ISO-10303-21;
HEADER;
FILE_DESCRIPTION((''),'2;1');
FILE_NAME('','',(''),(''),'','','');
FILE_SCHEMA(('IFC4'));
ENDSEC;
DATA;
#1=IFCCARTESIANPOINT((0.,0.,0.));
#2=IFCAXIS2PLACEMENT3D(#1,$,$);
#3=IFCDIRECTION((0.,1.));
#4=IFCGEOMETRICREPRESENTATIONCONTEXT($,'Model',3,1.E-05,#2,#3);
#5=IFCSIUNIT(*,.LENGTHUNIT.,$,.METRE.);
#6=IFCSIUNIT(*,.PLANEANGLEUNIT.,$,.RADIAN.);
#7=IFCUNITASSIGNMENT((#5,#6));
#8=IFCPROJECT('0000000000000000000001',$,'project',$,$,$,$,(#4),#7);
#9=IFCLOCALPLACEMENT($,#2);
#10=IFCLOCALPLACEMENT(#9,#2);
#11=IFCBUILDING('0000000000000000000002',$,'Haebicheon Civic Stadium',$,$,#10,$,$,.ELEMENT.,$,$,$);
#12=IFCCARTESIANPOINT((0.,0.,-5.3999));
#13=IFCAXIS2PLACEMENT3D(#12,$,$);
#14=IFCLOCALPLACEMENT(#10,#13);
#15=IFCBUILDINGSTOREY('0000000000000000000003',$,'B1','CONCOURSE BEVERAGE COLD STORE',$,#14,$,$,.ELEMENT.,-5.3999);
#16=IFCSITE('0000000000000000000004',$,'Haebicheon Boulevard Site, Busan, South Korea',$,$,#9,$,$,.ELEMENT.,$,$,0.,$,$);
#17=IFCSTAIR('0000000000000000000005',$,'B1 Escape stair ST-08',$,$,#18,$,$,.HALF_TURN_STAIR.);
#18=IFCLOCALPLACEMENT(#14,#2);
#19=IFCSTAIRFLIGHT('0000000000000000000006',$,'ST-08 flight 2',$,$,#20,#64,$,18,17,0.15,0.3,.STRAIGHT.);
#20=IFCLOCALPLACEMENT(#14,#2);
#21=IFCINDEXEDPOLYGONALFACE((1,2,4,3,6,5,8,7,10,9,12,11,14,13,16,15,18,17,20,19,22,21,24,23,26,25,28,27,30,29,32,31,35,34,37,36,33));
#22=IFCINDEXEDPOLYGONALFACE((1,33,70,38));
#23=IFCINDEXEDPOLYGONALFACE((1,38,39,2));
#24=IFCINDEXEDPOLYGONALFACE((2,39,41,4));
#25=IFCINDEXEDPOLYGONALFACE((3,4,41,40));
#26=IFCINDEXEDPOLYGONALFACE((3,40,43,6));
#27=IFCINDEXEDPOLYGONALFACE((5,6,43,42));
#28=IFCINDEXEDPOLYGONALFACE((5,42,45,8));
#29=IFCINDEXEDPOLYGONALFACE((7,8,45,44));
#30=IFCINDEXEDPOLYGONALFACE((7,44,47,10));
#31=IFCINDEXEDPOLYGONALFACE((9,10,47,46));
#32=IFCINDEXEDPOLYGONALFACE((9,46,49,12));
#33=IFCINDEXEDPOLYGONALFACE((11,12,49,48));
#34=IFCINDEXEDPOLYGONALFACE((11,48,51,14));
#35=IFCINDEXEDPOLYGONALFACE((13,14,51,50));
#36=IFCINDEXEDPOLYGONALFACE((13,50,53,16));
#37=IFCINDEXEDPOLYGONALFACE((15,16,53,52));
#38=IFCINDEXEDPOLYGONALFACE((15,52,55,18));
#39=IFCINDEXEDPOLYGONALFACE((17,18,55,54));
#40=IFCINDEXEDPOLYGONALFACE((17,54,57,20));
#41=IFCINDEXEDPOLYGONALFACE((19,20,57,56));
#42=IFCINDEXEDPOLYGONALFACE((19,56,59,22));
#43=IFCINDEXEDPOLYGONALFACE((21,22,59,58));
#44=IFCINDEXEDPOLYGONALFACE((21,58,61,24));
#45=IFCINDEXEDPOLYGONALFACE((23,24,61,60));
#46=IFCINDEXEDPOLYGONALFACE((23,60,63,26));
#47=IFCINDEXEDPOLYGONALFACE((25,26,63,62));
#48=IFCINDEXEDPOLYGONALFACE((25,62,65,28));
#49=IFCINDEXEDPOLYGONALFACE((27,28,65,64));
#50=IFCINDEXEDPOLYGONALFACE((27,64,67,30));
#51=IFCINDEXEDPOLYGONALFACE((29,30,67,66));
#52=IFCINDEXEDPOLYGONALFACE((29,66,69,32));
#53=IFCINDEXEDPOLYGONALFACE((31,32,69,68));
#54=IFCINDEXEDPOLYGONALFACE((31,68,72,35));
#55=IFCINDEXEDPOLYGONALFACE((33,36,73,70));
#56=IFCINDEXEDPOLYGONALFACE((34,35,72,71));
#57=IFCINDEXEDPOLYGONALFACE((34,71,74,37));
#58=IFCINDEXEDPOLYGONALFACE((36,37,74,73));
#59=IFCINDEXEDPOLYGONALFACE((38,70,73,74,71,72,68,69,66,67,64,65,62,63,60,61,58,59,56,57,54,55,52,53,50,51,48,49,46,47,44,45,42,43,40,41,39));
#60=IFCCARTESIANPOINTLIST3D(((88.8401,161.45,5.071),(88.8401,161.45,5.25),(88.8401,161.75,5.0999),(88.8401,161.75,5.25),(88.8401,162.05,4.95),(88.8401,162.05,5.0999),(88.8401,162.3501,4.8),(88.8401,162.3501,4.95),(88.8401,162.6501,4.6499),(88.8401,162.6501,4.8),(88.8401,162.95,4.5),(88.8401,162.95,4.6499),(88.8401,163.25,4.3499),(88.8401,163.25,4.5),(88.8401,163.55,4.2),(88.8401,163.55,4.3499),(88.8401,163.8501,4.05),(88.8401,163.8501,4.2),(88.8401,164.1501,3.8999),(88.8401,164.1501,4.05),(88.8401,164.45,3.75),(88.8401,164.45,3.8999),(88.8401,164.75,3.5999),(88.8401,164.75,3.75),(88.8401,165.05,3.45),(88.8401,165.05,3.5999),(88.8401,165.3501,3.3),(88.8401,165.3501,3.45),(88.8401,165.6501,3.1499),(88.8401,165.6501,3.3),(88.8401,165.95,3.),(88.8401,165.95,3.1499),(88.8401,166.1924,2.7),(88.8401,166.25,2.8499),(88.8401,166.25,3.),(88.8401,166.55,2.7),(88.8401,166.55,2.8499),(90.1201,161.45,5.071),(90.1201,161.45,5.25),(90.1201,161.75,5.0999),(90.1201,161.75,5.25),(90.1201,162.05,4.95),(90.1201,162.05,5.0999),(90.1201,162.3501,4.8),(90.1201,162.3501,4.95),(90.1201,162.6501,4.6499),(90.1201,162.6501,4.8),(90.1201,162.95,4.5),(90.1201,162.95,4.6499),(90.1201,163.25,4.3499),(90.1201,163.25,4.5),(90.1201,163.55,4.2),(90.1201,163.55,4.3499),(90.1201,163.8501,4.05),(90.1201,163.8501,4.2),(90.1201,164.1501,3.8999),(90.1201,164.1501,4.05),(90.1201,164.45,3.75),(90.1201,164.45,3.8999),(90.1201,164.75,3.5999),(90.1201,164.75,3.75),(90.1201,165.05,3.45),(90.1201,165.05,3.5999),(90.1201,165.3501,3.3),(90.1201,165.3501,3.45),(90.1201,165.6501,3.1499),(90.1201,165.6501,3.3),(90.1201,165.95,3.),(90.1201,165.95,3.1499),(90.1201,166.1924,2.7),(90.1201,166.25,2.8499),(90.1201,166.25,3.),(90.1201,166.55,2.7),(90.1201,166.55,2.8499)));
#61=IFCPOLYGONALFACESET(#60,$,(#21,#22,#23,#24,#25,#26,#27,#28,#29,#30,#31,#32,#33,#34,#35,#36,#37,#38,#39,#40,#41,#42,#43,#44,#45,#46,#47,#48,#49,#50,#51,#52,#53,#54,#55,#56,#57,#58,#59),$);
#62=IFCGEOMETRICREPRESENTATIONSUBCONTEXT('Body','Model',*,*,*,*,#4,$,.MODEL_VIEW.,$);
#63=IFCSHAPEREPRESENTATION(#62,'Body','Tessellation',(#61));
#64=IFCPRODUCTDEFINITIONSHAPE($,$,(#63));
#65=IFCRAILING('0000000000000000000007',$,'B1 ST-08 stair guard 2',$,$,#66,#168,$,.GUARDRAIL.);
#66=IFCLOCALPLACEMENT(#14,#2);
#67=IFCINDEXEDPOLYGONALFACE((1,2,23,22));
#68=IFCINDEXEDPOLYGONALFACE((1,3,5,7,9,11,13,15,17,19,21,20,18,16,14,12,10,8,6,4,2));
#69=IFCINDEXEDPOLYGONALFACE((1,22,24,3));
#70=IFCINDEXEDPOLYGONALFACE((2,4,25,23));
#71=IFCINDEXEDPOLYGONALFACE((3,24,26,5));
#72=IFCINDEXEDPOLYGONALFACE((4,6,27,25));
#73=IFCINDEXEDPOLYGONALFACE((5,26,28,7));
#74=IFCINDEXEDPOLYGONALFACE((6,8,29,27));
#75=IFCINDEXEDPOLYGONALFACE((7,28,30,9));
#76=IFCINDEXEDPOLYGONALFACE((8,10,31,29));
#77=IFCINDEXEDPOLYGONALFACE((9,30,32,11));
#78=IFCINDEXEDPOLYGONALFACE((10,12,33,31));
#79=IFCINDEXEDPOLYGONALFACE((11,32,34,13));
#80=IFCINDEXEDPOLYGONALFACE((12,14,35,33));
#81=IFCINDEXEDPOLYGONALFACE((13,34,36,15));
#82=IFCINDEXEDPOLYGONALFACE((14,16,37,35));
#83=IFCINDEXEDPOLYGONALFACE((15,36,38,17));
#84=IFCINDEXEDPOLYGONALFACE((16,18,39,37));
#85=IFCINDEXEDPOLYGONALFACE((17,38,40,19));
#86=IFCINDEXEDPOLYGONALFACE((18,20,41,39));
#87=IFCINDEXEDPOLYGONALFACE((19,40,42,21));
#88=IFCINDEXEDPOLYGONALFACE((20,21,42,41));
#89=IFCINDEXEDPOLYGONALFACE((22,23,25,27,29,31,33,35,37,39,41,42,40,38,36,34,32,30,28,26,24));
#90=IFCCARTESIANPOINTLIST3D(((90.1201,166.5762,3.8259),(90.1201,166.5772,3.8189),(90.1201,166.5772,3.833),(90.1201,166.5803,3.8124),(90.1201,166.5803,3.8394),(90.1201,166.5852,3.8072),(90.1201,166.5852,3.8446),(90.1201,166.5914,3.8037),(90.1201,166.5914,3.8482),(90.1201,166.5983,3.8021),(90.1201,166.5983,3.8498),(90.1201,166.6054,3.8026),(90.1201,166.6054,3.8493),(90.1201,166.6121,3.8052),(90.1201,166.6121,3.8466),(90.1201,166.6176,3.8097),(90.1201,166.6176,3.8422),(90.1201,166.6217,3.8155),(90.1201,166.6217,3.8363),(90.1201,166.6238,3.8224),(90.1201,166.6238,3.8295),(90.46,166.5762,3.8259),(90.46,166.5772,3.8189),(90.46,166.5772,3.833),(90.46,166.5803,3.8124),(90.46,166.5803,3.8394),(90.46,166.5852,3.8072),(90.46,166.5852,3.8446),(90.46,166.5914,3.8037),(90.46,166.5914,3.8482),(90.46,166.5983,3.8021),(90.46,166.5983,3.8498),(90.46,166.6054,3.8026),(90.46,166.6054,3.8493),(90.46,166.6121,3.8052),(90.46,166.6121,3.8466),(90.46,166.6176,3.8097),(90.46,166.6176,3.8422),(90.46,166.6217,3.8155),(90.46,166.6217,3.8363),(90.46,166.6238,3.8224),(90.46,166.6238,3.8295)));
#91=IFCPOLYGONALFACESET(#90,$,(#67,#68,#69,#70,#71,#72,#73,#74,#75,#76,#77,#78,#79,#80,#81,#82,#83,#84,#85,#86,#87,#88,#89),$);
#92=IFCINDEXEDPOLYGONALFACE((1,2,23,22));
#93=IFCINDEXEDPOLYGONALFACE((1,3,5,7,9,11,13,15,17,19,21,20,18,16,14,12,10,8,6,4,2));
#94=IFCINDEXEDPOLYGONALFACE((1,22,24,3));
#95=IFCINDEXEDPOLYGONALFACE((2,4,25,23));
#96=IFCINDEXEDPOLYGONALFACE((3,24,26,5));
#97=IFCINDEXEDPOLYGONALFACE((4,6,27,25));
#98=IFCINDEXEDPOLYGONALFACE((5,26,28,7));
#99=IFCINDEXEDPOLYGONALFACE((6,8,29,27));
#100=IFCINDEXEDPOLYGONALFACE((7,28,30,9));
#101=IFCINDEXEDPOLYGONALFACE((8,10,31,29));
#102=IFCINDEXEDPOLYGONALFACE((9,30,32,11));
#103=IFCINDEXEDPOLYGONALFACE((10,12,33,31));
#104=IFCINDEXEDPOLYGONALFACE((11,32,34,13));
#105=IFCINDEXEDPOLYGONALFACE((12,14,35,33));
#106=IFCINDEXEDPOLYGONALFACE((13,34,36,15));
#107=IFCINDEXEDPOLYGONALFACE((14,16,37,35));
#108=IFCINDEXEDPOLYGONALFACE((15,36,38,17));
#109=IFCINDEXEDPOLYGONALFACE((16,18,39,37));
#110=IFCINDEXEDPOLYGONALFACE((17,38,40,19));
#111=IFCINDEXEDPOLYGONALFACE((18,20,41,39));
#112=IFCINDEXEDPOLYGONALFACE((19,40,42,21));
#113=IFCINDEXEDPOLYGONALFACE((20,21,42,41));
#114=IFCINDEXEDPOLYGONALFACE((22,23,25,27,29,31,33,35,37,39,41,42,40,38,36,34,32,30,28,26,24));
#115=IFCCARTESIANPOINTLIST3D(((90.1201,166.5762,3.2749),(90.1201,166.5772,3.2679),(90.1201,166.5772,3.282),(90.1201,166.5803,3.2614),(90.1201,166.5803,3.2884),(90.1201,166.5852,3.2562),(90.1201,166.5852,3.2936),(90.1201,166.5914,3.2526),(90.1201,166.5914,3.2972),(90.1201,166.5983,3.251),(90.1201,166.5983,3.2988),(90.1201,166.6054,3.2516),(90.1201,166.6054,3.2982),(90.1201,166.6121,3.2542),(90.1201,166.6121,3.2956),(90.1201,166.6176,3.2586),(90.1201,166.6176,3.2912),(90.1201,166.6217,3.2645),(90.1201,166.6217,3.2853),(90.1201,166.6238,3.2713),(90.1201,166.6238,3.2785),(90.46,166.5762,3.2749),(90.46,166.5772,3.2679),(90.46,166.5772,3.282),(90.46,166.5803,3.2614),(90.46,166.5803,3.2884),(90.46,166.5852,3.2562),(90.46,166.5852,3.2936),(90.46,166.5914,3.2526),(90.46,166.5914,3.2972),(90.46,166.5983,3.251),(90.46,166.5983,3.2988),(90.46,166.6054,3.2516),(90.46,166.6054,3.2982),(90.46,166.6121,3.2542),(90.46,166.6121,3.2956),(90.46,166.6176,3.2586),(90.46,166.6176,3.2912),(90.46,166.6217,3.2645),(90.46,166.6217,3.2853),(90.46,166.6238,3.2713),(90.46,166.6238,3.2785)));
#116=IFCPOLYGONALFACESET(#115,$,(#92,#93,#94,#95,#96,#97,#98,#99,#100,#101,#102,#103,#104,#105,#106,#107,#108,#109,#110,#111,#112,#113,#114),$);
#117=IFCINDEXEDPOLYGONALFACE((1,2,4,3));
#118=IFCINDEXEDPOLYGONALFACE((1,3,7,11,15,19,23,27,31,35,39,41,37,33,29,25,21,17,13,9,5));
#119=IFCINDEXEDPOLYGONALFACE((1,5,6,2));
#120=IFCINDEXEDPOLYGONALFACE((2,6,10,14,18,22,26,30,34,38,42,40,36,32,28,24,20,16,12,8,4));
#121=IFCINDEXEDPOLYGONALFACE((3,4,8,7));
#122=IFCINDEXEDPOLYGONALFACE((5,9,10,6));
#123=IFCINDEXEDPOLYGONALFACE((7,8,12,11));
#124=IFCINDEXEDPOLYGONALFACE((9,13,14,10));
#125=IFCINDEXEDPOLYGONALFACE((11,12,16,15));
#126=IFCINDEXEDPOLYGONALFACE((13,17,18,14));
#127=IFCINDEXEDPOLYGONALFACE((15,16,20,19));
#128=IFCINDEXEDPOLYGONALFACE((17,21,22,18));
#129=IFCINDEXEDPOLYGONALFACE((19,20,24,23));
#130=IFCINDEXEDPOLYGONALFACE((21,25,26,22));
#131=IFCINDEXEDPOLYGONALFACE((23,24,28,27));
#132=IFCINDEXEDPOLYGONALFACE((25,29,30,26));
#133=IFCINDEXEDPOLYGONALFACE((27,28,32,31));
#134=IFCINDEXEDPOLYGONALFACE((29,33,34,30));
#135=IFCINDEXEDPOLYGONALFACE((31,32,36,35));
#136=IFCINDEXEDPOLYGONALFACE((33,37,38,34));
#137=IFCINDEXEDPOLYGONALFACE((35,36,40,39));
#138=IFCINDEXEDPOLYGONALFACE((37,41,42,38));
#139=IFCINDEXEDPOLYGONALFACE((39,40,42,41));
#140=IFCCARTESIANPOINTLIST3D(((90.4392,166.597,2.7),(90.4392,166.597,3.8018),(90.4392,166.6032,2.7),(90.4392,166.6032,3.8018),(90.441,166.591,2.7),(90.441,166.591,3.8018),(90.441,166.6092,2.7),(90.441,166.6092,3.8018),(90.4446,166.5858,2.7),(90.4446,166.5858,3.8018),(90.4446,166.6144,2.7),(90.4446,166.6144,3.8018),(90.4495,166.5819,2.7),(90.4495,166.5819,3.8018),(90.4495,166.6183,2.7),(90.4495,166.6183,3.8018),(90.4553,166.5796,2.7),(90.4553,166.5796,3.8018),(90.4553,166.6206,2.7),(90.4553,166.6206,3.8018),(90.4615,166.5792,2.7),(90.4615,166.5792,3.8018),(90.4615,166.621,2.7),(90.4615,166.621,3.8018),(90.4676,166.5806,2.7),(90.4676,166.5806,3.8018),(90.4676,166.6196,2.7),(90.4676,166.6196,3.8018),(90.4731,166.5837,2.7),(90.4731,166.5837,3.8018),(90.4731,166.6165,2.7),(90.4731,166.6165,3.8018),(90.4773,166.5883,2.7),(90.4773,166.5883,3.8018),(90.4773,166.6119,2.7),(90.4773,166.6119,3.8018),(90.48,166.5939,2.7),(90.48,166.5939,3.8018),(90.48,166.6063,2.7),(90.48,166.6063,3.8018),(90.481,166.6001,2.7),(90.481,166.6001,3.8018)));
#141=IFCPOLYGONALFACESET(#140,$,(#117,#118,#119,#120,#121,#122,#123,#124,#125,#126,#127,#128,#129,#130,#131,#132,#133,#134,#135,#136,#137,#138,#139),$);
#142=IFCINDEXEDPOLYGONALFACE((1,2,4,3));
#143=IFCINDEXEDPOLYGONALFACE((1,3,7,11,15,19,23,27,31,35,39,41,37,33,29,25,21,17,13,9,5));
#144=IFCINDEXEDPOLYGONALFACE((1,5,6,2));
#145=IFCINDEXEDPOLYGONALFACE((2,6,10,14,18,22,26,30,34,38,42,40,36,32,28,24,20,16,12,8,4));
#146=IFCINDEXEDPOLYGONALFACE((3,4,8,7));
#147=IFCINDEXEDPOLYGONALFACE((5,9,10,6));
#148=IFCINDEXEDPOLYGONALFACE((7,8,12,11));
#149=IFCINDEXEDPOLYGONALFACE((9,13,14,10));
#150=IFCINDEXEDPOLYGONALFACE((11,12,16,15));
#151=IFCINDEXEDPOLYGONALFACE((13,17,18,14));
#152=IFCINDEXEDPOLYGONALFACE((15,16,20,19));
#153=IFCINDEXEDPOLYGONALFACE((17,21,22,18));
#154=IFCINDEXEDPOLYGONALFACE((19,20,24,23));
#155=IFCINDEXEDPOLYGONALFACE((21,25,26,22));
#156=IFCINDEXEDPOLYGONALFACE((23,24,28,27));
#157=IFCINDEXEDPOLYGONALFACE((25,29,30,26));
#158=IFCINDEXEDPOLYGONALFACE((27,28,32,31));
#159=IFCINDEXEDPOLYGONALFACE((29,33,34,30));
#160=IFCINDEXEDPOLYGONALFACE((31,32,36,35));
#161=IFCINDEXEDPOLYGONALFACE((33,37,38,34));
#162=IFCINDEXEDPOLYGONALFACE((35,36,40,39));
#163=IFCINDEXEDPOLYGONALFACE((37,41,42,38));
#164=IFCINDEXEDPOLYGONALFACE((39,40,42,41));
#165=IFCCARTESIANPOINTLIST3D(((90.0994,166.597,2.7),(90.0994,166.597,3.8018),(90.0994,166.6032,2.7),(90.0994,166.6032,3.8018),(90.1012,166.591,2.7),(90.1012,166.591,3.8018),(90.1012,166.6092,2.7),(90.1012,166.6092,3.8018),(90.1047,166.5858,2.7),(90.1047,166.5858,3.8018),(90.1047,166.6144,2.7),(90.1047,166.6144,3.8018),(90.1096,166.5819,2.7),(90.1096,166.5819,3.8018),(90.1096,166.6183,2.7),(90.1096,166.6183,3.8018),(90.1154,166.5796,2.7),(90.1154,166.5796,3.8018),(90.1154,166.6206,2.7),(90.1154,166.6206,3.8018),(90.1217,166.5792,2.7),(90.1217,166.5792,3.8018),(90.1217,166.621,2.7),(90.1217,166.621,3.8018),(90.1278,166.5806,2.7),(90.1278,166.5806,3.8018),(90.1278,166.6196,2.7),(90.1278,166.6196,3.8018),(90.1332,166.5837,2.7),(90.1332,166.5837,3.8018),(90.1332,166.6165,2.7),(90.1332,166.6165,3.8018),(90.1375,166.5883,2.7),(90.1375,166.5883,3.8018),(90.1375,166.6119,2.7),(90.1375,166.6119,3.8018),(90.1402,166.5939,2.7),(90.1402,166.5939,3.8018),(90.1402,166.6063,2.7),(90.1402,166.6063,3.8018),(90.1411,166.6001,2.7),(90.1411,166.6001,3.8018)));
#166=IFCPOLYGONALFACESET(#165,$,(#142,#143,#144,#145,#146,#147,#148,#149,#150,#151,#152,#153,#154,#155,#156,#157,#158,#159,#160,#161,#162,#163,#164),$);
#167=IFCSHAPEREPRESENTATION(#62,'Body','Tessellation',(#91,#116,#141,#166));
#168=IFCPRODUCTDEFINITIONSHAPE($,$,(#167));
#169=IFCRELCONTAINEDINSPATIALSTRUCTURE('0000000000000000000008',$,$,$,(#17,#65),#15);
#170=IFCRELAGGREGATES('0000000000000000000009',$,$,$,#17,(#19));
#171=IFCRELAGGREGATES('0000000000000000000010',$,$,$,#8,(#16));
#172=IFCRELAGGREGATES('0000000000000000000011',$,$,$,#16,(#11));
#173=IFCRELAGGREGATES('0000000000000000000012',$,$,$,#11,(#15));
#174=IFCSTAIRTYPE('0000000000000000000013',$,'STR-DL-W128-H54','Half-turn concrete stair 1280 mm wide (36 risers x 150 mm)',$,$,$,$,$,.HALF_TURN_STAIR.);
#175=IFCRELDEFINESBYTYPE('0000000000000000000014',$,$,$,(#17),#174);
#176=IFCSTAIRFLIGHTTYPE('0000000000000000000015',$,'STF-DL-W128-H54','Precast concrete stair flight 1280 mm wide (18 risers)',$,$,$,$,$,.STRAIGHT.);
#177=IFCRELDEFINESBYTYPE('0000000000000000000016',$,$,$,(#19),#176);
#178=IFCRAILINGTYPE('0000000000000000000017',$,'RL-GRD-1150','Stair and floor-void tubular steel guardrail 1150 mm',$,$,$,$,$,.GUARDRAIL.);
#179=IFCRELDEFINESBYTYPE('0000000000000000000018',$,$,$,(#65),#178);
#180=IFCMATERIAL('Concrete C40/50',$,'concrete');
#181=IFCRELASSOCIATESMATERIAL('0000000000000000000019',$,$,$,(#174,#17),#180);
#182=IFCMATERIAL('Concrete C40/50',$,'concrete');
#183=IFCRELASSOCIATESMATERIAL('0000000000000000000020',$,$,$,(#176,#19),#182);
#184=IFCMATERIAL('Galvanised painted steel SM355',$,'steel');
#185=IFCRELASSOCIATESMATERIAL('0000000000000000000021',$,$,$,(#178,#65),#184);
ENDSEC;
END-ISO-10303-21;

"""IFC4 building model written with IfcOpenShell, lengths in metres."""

from ifc_helpers import new_model, si_unit, direction, frame, origin, origin_2d, place, context, subcontext, project, spatial, polyline, circle, outline, extrude, material, type_object, element, aggregate, save


model = new_model("IFC4")

# Units and contexts
model_context = context("Model", 3, precision=1e-05, world=origin(), true_north=direction((0.0, 1.0)))
body_context = subcontext(model_context, "Body", "Model", "MODEL_VIEW")
ifc_project = project(units=[si_unit("LENGTHUNIT", "METRE"), si_unit("PLANEANGLEUNIT", "RADIAN")], contexts=[model_context])

# Site, building, storey
site_placement = place(None, origin())
site = spatial("IfcSite", under=ifc_project, at=site_placement, Name="Haebicheon Boulevard Site, Busan, South Korea", CompositionType="ELEMENT", RefElevation=0.0)
building_placement = place(site_placement, origin())
building = spatial("IfcBuilding", under=site, at=building_placement, Name="Haebicheon Civic Stadium", CompositionType="ELEMENT")
storey_placement = place(building_placement, frame((0.0, 0.0, -5.3999)))
storey = spatial("IfcBuildingStorey", under=building, at=storey_placement, Name="B1", Description="CONCOURSE BEVERAGE COLD STORE", CompositionType="ELEMENT", Elevation=-5.3999)

# Stair, stair flight
ifc_material_1 = material(Name="Concrete C40/50", Category="concrete")
stair_type = type_object("IfcStairType", Name="STR-DL-W128-H54", Description="Half-turn concrete stair 1280 mm wide (36 risers x 150 mm)", PredefinedType="HALF_TURN_STAIR", material=ifc_material_1)
stair_placement = place(storey_placement, origin())
stair = element("IfcStair", 1, at=stair_placement, inside=storey, type_object=stair_type, material=ifc_material_1, Name="B1 Escape stair ST-08", PredefinedType="HALF_TURN_STAIR")
ifc_material_2 = material(Name="Concrete C40/50", Category="concrete")
stair_flight_type = type_object("IfcStairFlightType", Name="STF-DL-W128-H54", Description="Precast concrete stair flight 1280 mm wide (18 risers)", PredefinedType="STRAIGHT", material=ifc_material_2)
stair_flight_1_placement = place(storey_placement, frame((89.48, 166.55, 2.7), z_axis=(0.0, 0.0, 1.0), x_axis=(0.0, -1.0, 0.0)))
stair_flight_1 = element("IfcStairFlight", 2, at=stair_flight_1_placement, type_object=stair_flight_type, material=ifc_material_2, Name="ST-08 flight 2", NumberOfRisers=18, NumberOfTreads=17, PredefinedType="STRAIGHT", RiserHeight=0.15, TreadLength=0.3, context=body_context, shape_type="SweptSolid", body=[
    extrude(outline(polyline([(0.0, 0.0), (0.0, 0.1499), (0.3, 0.1499), (0.3, 0.3), (0.6001, 0.3), (0.6001, 0.45), (0.8999, 0.45), (0.8999, 0.6001), (1.2, 0.6001), (1.2, 0.75), (1.5, 0.75), (1.5, 0.8999), (1.8, 0.8999), (1.8, 1.05), (2.1001, 1.05), (2.1001, 1.2), (2.3999, 1.2), (2.3999, 1.3501), (2.7, 1.3501), (2.7, 1.5), (3.0, 1.5), (3.0, 1.6499), (3.3, 1.6499), (3.3, 1.8), (3.6001, 1.8), (3.6001, 1.95), (3.8999, 1.95), (3.8999, 2.1001), (4.2, 2.1001), (4.2, 2.25), (4.5, 2.25), (4.5, 2.3999), (4.8, 2.3999), (4.8, 2.55), (5.1001, 2.55), (5.1001, 2.7), (5.1001, 2.3711), (0.3577, 0.0), (0.0, 0.0)])), frame((0.0, 0.6401, 0.0), z_axis=(0.0, -1.0, 0.0), x_axis=(1.0, 0.0, 0.0)), (0.0, 0.0, 1.0), 1.28),
])
aggregate(stair, [stair_flight_1])

# Railing
ifc_material_3 = material(Name="Galvanised painted steel SM355", Category="steel")
railing_type_1 = type_object("IfcRailingType", Name="RL-GRD-1150", Description="Stair and floor-void tubular steel guardrail 1150 mm", PredefinedType="GUARDRAIL", material=ifc_material_3)
railing_1_placement = place(storey_placement, frame((90.46, 166.6001, 2.7)))
element("IfcRailing", 3, at=railing_1_placement, inside=storey, type_object=railing_type_1, material=ifc_material_3, Name="B1 ST-08 stair guard 2", PredefinedType="GUARDRAIL", context=body_context, shape_type="SweptSolid", body=[
    extrude(circle(Radius=0.0239, at=origin_2d()), frame((0.0, 0.0, 1.126), z_axis=(-1.0, 0.0, 0.0), x_axis=(0.0, -1.0, 0.0)), (0.0, 0.0, 1.0), 0.3398),
    extrude(circle(Radius=0.0239, at=origin_2d()), frame((0.0, 0.0, 0.575), z_axis=(-1.0, 0.0, 0.0), x_axis=(0.0, -1.0, 0.0)), (0.0, 0.0, 1.0), 0.3398),
    extrude(circle(Radius=0.021, at=origin_2d()), origin(), (0.0, 0.0, 1.0), 1.1018),
    extrude(circle(Radius=0.021, at=origin_2d()), frame((-0.3398, 0.0, 0.0)), (0.0, 0.0, 1.0), 1.1018),
])

save(model, "model.ifc")
